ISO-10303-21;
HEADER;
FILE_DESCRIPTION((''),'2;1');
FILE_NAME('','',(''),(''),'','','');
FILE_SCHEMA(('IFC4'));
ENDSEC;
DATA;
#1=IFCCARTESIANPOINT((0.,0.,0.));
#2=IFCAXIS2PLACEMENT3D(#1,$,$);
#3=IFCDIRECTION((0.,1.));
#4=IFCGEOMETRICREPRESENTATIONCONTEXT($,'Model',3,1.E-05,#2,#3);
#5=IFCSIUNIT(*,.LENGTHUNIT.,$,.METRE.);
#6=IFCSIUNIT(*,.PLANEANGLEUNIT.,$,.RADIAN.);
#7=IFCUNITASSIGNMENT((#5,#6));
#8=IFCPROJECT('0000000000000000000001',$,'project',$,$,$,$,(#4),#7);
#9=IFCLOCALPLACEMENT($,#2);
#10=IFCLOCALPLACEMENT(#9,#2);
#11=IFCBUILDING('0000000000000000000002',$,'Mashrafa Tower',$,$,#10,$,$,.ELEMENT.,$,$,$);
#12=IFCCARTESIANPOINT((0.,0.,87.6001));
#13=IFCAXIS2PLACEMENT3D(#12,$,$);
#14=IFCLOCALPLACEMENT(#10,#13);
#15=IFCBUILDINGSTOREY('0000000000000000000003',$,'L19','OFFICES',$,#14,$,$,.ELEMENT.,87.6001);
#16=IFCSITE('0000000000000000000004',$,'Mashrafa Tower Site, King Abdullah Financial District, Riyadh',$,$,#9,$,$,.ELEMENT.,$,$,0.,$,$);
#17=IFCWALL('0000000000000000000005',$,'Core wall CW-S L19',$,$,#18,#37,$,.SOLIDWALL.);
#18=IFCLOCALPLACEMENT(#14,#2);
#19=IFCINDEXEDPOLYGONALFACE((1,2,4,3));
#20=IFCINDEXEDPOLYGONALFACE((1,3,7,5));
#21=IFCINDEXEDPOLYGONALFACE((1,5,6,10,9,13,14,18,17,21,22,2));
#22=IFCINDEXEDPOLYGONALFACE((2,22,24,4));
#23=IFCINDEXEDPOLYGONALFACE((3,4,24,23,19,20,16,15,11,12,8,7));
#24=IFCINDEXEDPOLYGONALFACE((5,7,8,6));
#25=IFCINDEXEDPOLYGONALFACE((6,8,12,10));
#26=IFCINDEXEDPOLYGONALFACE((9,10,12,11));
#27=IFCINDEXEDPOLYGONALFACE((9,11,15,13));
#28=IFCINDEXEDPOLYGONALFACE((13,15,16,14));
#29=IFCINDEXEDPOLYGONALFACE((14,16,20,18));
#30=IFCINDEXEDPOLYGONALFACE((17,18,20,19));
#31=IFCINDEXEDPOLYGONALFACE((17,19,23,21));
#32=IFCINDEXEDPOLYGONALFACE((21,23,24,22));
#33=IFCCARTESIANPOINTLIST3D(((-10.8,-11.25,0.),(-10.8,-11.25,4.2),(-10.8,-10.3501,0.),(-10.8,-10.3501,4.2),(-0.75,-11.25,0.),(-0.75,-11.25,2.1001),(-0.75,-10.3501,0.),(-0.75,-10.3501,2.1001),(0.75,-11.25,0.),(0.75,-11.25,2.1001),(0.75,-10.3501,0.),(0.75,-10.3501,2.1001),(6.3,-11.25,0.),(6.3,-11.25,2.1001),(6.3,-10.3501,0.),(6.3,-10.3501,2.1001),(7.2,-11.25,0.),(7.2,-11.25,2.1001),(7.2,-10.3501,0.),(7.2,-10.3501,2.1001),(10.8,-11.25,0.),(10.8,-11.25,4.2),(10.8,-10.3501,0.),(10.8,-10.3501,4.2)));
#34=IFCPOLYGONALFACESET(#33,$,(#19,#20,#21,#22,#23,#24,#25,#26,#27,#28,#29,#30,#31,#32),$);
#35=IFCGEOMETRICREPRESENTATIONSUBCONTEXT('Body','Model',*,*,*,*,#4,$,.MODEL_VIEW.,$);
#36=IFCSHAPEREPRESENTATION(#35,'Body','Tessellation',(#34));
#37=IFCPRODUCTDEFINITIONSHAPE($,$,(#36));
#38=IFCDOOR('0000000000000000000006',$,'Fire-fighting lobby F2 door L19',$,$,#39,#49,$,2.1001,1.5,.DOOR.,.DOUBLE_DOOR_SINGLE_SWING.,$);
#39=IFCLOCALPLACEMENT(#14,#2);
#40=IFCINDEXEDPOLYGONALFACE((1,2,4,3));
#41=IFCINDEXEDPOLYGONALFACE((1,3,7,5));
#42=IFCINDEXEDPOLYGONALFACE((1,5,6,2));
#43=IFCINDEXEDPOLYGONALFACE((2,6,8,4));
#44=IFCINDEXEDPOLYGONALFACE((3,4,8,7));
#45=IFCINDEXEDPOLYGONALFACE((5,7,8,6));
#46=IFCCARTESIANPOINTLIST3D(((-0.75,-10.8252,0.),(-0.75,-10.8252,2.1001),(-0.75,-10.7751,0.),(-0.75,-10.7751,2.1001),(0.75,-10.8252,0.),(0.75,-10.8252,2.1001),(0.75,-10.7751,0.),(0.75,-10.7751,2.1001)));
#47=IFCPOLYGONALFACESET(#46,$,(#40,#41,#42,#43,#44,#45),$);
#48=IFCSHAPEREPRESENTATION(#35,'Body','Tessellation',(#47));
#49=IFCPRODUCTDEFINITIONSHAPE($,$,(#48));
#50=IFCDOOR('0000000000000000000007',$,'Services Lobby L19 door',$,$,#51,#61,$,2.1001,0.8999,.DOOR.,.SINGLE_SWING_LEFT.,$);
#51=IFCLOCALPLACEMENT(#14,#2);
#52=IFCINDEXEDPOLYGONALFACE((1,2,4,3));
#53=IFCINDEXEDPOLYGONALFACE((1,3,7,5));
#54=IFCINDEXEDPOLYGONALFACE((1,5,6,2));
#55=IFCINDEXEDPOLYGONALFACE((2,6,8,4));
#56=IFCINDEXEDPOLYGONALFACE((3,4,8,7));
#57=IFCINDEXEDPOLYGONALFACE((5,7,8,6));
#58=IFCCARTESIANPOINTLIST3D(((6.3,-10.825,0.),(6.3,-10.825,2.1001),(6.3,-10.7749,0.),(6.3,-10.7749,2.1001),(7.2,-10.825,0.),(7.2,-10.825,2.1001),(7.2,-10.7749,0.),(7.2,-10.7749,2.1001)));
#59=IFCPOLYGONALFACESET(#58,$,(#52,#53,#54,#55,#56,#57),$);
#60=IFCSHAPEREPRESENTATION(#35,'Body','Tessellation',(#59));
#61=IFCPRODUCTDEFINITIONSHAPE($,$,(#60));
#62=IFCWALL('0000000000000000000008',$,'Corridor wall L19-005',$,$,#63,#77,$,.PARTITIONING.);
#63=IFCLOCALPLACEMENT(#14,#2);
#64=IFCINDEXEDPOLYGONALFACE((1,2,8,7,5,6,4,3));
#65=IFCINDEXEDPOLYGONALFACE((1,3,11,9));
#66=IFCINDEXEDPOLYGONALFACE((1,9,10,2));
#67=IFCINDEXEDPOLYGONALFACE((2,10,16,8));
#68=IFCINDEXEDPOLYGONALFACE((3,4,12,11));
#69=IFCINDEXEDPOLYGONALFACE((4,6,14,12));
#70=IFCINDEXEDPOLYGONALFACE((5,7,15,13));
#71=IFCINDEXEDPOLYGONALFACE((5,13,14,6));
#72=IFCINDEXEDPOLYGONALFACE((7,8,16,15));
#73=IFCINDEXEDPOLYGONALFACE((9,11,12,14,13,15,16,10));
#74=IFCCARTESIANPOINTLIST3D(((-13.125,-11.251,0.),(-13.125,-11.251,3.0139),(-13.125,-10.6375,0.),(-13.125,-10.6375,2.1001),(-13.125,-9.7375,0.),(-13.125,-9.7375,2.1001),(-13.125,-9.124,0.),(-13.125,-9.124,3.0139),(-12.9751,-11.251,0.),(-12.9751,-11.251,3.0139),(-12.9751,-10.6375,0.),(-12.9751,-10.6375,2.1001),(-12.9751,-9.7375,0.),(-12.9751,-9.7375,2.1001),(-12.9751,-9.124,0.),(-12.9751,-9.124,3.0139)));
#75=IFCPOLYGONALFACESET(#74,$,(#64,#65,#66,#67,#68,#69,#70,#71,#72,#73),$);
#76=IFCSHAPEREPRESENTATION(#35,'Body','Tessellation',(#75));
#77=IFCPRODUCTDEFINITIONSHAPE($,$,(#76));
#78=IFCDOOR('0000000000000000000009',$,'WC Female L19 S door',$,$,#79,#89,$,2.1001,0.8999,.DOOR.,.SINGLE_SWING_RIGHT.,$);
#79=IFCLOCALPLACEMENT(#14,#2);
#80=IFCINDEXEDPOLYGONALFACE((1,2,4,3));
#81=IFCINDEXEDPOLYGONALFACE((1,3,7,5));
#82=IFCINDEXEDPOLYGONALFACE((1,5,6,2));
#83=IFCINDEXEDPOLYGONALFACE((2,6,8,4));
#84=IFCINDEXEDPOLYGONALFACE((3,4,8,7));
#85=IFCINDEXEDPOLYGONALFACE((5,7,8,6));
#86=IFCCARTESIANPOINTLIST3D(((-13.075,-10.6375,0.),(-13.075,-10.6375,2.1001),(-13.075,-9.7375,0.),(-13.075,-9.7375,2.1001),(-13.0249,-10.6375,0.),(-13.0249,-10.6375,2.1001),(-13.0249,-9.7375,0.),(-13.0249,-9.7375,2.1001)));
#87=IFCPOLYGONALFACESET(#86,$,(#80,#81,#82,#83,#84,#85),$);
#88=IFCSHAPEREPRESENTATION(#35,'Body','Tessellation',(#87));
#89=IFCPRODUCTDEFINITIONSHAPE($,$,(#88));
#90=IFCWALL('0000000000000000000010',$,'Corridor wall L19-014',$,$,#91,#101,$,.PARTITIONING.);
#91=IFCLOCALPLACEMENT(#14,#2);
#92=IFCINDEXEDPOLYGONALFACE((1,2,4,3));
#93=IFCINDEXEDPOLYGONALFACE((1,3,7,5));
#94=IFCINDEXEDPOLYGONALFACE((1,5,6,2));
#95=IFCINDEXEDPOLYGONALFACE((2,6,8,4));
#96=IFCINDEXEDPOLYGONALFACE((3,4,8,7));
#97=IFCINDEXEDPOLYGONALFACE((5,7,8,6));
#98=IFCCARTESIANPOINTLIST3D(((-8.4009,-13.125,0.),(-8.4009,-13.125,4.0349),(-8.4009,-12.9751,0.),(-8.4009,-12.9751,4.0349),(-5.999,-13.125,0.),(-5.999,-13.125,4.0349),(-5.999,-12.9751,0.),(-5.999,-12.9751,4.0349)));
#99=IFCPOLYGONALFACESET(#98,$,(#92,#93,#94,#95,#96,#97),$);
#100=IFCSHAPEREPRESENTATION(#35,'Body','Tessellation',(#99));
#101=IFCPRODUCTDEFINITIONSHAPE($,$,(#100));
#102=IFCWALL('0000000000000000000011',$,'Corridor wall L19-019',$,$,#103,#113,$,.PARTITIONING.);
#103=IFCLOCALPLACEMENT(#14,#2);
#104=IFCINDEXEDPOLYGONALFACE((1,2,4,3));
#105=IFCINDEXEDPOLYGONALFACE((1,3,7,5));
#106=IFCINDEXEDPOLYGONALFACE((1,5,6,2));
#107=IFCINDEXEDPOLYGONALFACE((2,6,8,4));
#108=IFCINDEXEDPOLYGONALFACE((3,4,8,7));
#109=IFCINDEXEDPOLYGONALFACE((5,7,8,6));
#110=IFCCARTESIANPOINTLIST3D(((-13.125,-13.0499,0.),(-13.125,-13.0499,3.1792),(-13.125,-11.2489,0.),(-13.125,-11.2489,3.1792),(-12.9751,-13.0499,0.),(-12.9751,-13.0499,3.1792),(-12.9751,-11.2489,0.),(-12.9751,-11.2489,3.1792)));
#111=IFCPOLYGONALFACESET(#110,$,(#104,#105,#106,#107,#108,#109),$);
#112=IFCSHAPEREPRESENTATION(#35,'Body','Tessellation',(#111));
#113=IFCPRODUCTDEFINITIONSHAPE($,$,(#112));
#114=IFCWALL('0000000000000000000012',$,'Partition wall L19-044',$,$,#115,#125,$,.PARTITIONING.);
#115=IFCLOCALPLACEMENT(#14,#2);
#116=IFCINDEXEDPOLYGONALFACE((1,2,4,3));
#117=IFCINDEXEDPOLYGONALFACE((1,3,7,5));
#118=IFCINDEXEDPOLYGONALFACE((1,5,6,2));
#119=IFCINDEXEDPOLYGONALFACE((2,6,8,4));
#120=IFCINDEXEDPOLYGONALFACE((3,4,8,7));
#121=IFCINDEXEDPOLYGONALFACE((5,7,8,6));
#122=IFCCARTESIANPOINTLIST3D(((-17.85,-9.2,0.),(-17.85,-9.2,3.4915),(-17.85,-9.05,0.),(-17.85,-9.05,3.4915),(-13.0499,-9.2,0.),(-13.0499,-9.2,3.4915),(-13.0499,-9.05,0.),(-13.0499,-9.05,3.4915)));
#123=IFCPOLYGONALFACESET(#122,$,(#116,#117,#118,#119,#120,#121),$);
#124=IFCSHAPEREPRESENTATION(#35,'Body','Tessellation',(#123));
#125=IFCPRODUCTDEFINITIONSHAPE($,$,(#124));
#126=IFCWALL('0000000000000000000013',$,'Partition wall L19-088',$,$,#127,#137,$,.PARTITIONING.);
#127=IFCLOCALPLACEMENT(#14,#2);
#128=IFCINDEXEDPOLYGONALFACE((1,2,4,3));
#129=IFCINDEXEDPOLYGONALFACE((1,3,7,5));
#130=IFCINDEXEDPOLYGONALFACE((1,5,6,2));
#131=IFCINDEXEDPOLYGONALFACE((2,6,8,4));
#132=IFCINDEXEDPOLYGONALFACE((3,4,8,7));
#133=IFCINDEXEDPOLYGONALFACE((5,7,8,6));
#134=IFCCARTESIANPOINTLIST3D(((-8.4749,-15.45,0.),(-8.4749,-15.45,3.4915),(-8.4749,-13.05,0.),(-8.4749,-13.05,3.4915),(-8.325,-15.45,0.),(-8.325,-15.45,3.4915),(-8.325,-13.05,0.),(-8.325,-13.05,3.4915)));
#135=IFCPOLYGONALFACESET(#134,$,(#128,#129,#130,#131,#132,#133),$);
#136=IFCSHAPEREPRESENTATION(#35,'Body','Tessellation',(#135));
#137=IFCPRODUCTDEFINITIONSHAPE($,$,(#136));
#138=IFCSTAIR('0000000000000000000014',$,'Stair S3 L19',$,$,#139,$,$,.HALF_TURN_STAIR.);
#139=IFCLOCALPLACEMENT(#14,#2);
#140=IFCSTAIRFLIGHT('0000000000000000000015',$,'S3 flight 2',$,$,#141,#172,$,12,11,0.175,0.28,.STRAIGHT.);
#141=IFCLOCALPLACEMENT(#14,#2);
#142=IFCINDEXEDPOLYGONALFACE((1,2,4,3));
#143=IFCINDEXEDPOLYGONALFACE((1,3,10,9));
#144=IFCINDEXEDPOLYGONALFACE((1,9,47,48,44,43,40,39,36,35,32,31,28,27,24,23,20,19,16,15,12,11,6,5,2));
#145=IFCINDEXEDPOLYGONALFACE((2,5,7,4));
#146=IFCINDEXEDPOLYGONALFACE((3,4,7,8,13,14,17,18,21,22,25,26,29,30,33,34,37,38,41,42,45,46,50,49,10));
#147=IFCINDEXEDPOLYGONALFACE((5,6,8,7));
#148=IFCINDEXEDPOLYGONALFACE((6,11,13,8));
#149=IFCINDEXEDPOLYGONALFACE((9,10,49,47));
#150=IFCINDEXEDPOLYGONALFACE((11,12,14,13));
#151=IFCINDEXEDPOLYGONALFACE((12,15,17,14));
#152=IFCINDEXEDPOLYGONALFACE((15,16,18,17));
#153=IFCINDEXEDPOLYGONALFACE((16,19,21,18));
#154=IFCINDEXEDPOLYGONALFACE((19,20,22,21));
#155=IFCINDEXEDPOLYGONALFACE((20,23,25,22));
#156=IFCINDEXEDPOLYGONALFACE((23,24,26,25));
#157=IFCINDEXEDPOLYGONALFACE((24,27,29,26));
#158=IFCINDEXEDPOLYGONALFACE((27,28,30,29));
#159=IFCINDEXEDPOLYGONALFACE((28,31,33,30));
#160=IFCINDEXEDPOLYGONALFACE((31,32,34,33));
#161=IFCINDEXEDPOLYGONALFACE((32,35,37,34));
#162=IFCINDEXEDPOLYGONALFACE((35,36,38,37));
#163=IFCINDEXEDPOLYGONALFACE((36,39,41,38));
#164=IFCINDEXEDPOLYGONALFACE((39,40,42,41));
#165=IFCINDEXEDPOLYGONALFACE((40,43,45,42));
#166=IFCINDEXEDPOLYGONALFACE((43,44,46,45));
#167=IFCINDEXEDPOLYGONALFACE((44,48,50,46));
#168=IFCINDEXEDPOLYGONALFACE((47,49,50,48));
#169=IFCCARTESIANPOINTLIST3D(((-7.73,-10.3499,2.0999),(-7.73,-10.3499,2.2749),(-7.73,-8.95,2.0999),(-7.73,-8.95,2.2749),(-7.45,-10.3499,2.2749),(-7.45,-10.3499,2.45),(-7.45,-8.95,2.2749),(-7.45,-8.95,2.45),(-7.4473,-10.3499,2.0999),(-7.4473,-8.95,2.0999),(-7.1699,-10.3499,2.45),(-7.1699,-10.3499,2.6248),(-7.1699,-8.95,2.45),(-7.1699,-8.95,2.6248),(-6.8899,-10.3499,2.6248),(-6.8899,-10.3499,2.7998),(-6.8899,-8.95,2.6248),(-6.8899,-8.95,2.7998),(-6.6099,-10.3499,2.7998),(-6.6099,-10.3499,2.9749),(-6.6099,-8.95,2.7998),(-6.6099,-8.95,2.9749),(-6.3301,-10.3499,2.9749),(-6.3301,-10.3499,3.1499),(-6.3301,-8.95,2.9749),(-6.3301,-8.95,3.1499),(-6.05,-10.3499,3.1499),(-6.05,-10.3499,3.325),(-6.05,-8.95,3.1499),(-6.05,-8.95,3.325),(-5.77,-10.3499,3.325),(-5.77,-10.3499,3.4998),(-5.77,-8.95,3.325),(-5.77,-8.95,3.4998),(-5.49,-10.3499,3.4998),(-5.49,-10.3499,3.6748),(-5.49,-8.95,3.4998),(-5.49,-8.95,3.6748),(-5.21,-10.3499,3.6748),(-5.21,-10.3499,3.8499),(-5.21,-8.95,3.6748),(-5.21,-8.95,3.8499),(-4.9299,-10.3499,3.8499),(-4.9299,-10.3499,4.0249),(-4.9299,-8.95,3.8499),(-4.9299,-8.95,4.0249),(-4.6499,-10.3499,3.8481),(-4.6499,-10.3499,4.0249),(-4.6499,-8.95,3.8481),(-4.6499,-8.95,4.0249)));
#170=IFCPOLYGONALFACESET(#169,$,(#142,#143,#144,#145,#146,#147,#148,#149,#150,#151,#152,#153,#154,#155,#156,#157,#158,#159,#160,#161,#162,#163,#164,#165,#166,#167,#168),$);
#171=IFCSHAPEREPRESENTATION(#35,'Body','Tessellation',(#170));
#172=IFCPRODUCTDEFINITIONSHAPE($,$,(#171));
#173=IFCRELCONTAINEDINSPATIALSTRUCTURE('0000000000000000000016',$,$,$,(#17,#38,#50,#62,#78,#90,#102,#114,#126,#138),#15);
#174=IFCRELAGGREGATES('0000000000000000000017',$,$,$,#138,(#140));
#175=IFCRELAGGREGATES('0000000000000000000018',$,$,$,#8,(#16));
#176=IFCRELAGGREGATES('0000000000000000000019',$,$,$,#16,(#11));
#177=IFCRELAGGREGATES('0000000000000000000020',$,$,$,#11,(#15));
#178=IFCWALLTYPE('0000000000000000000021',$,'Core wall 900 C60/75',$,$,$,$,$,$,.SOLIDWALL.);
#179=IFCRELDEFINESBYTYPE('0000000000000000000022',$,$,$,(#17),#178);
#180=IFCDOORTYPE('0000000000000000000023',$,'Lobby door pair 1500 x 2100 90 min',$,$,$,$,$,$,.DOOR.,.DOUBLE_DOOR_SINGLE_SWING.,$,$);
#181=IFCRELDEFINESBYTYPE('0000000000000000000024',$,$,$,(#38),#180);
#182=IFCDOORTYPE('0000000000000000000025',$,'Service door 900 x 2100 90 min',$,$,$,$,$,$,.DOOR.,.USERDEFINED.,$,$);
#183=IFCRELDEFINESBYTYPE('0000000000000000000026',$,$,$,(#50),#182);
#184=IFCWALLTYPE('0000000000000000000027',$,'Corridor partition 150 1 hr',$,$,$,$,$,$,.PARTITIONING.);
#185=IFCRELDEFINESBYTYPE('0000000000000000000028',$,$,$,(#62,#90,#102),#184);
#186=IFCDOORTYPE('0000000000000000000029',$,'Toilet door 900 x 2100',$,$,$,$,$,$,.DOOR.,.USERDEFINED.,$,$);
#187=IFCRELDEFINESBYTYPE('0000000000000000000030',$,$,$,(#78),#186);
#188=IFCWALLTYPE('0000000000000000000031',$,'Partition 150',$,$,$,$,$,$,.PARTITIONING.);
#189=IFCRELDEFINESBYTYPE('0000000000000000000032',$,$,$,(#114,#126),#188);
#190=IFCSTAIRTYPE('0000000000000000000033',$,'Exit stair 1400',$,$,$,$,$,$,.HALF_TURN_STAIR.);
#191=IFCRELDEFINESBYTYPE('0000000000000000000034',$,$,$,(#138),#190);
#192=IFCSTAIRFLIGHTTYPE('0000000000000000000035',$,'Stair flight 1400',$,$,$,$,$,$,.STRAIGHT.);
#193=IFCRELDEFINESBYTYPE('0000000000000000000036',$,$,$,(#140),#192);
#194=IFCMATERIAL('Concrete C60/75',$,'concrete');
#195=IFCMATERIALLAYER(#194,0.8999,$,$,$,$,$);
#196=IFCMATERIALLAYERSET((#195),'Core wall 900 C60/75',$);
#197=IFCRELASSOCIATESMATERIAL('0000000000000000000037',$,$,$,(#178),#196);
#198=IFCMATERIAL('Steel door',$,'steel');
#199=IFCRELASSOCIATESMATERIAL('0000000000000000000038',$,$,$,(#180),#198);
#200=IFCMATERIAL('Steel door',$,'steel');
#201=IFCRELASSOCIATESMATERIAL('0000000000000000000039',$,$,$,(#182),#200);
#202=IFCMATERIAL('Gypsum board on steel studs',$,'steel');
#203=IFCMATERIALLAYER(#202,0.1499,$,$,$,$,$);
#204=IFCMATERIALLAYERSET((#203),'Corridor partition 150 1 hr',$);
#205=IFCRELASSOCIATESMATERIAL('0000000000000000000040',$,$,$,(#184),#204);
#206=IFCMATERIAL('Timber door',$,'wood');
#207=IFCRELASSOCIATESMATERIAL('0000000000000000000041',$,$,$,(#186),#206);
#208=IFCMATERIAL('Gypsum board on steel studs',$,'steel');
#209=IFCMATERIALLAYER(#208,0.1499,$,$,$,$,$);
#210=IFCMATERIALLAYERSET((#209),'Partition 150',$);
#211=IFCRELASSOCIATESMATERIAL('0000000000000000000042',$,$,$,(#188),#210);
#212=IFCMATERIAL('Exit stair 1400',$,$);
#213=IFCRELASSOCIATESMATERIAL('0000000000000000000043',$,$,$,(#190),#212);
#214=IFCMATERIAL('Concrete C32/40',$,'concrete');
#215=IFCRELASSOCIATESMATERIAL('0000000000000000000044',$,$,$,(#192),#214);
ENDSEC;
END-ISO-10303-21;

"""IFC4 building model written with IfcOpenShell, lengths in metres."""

from ifc_helpers import new_model, si_unit, direction, frame, frame_2d, origin, place, context, subcontext, project, spatial, polyline, rectangle, outline, extrude, material, layer, layer_set, type_object, element, fill, aggregate, save


model = new_model("IFC4")

# Units and contexts
model_context = context("Model", 3, precision=1e-05, world=origin(), true_north=direction((0.0, 1.0)))
body_context = subcontext(model_context, "Body", "Model", "MODEL_VIEW")
ifc_project = project(units=[si_unit("LENGTHUNIT", "METRE"), si_unit("PLANEANGLEUNIT", "RADIAN")], contexts=[model_context])

# Site, building, storey
site_placement = place(None, origin())
site = spatial("IfcSite", under=ifc_project, at=site_placement, Name="Mashrafa Tower Site, King Abdullah Financial District, Riyadh", CompositionType="ELEMENT", RefElevation=0.0)
building_placement = place(site_placement, origin())
building = spatial("IfcBuilding", under=site, at=building_placement, Name="Mashrafa Tower", CompositionType="ELEMENT")
storey_placement = place(building_placement, frame((0.0, 0.0, 87.6001)))
storey = spatial("IfcBuildingStorey", under=building, at=storey_placement, Name="L19", Description="OFFICES", CompositionType="ELEMENT", Elevation=87.6001)

# Wall, openings, doors
ifc_material_1 = material(Name="Concrete C60/75", Category="concrete")
ifc_layer_1 = layer(ifc_material_1, 0.8999)
ifc_layer_set_1 = layer_set([ifc_layer_1], Name="Core wall 900 C60/75")
wall_type_1 = type_object("IfcWallType", Name="Core wall 900 C60/75", PredefinedType="SOLIDWALL", material=ifc_layer_set_1)
wall_1_placement = place(storey_placement, frame((-10.8, -10.8, 0.0), z_axis=(0.0, 0.0, 1.0), x_axis=(1.0, 0.0, 0.0)))
wall_1 = element("IfcWall", 1, at=wall_1_placement, inside=storey, type_object=wall_type_1, Name="Core wall CW-S L19", PredefinedType="SOLIDWALL", context=body_context, shape_type="SweptSolid", body=[
    extrude(rectangle(XDim=21.6001, YDim=0.8999, at=frame_2d((10.8, 0.0))), origin(), (0.0, 0.0, 1.0), 4.2),
])
opening_1_placement = place(wall_1_placement, frame((10.05, 0.0, 0.0)))
opening_1 = element("IfcOpeningElement", 2, at=opening_1_placement, cuts=wall_1, PredefinedType="OPENING", context=body_context, shape_type="SweptSolid", body=[
    extrude(rectangle(XDim=1.5, YDim=2.1001, at=frame_2d((0.75, 1.05))), frame((0.0, 0.46, 0.0), z_axis=(0.0, -1.0, 0.0), x_axis=(1.0, 0.0, 0.0)), (0.0, 0.0, 1.0), 0.9199),
])
opening_2_placement = place(wall_1_placement, frame((17.1001, 0.0, 0.0)))
opening_2 = element("IfcOpeningElement", 3, at=opening_2_placement, cuts=wall_1, PredefinedType="OPENING", context=body_context, shape_type="SweptSolid", body=[
    extrude(rectangle(XDim=0.8999, YDim=2.1001, at=frame_2d((0.45, 1.05))), frame((0.0, 0.46, 0.0), z_axis=(0.0, -1.0, 0.0), x_axis=(1.0, 0.0, 0.0)), (0.0, 0.0, 1.0), 0.9199),
])
ifc_material_2 = material(Name="Steel door", Category="steel")
door_type_1 = type_object("IfcDoorType", Name="Lobby door pair 1500 x 2100 90 min", OperationType="DOUBLE_DOOR_SINGLE_SWING", PredefinedType="DOOR", material=ifc_material_2)
door_1_placement = place(opening_1_placement, origin())
door_1 = element("IfcDoor", 4, at=door_1_placement, inside=storey, type_object=door_type_1, Name="Fire-fighting lobby F2 door L19", OperationType="DOUBLE_DOOR_SINGLE_SWING", OverallHeight=2.1001, OverallWidth=1.5, PredefinedType="DOOR", context=body_context, shape_type="SweptSolid", body=[
    extrude(rectangle(XDim=1.5, YDim=2.1001, at=frame_2d((0.75, 1.05))), frame((0.0, 0.0249, 0.0), z_axis=(0.0, -1.0, 0.0), x_axis=(1.0, 0.0, 0.0)), (0.0, 0.0, 1.0), 0.05),
])
fill(opening_1, door_1)
ifc_material_3 = material(Name="Steel door", Category="steel")
door_type_2 = type_object("IfcDoorType", Name="Service door 900 x 2100 90 min", OperationType="USERDEFINED", PredefinedType="DOOR", material=ifc_material_3)
door_2_placement = place(opening_2_placement, frame((0.8999, 0.0, 0.0), z_axis=(0.0, 0.0, 1.0), x_axis=(-1.0, 0.0, 0.0)))
door_2 = element("IfcDoor", 5, at=door_2_placement, inside=storey, type_object=door_type_2, Name="Services Lobby L19 door", OperationType="SINGLE_SWING_LEFT", OverallHeight=2.1001, OverallWidth=0.8999, PredefinedType="DOOR", context=body_context, shape_type="SweptSolid", body=[
    extrude(rectangle(XDim=0.8999, YDim=2.1001, at=frame_2d((0.45, 1.05))), frame((0.0, 0.0249, 0.0), z_axis=(0.0, -1.0, 0.0), x_axis=(1.0, 0.0, 0.0)), (0.0, 0.0, 1.0), 0.05),
])
fill(opening_2, door_2)

# Wall, opening, door
ifc_material_4 = material(Name="Gypsum board on steel studs", Category="steel")
ifc_layer_2 = layer(ifc_material_4, 0.1499)
ifc_layer_set_2 = layer_set([ifc_layer_2], Name="Corridor partition 150 1 hr")
wall_type_2 = type_object("IfcWallType", Name="Corridor partition 150 1 hr", PredefinedType="PARTITIONING", material=ifc_layer_set_2)
wall_2_placement = place(storey_placement, frame((-13.05, -9.124, 0.0), z_axis=(0.0, 0.0, 1.0), x_axis=(0.0, -1.0, 0.0)))
wall_2 = element("IfcWall", 6, at=wall_2_placement, inside=storey, type_object=wall_type_2, Name="Corridor wall L19-005", PredefinedType="PARTITIONING", context=body_context, shape_type="SweptSolid", body=[
    extrude(rectangle(XDim=2.127, YDim=0.1499, at=frame_2d((1.0635, 0.0))), origin(), (0.0, 0.0, 1.0), 3.0139),
])
opening_3_placement = place(wall_2_placement, frame((0.6135, 0.0, 0.0)))
opening_3 = element("IfcOpeningElement", 7, at=opening_3_placement, cuts=wall_2, PredefinedType="OPENING", context=body_context, shape_type="SweptSolid", body=[
    extrude(rectangle(XDim=0.8999, YDim=2.1001, at=frame_2d((0.45, 1.05))), frame((0.0, 0.085, 0.0), z_axis=(0.0, -1.0, 0.0), x_axis=(1.0, 0.0, 0.0)), (0.0, 0.0, 1.0), 0.1699),
])
ifc_material_5 = material(Name="Timber door", Category="wood")
door_type_3 = type_object("IfcDoorType", Name="Toilet door 900 x 2100", OperationType="USERDEFINED", PredefinedType="DOOR", material=ifc_material_5)
door_3_placement = place(opening_3_placement, frame((0.8999, 0.0, 0.0), z_axis=(0.0, 0.0, 1.0), x_axis=(-1.0, 0.0, 0.0)))
door_3 = element("IfcDoor", 8, at=door_3_placement, inside=storey, type_object=door_type_3, Name="WC Female L19 S door", OperationType="SINGLE_SWING_RIGHT", OverallHeight=2.1001, OverallWidth=0.8999, PredefinedType="DOOR", context=body_context, shape_type="SweptSolid", body=[
    extrude(rectangle(XDim=0.8999, YDim=2.1001, at=frame_2d((0.45, 1.05))), frame((0.0, 0.0249, 0.0), z_axis=(0.0, -1.0, 0.0), x_axis=(1.0, 0.0, 0.0)), (0.0, 0.0, 1.0), 0.05),
])
fill(opening_3, door_3)

# Walls
wall_3_placement = place(storey_placement, frame((-8.4009, -13.05, 0.0), z_axis=(0.0, 0.0, 1.0), x_axis=(1.0, 0.0, 0.0)))
element("IfcWall", 9, at=wall_3_placement, inside=storey, type_object=wall_type_2, Name="Corridor wall L19-014", PredefinedType="PARTITIONING", context=body_context, shape_type="SweptSolid", body=[
    extrude(rectangle(XDim=2.4019, YDim=0.1499, at=frame_2d((1.2009, 0.0))), origin(), (0.0, 0.0, 1.0), 4.0349),
])
wall_4_placement = place(storey_placement, frame((-13.05, -11.249, 0.0), z_axis=(0.0, 0.0, 1.0), x_axis=(0.0, -1.0, 0.0)))
element("IfcWall", 10, at=wall_4_placement, inside=storey, type_object=wall_type_2, Name="Corridor wall L19-019", PredefinedType="PARTITIONING", context=body_context, shape_type="SweptSolid", body=[
    extrude(rectangle(XDim=1.801, YDim=0.1499, at=frame_2d((0.9004, 0.0))), origin(), (0.0, 0.0, 1.0), 3.1792),
])

# Walls
ifc_material_6 = material(Name="Gypsum board on steel studs", Category="steel")
ifc_layer_3 = layer(ifc_material_6, 0.1499)
ifc_layer_set_3 = layer_set([ifc_layer_3], Name="Partition 150")
wall_type_3 = type_object("IfcWallType", Name="Partition 150", PredefinedType="PARTITIONING", material=ifc_layer_set_3)
wall_5_placement = place(storey_placement, frame((-13.05, -9.125, 0.0), z_axis=(0.0, 0.0, 1.0), x_axis=(-1.0, 0.0, 0.0)))
element("IfcWall", 11, at=wall_5_placement, inside=storey, type_object=wall_type_3, Name="Partition wall L19-044", PredefinedType="PARTITIONING", context=body_context, shape_type="SweptSolid", body=[
    extrude(rectangle(XDim=4.8, YDim=0.1499, at=frame_2d((2.3999, 0.0))), origin(), (0.0, 0.0, 1.0), 3.4915),
])
wall_6_placement = place(storey_placement, frame((-8.3999, -13.05, 0.0), z_axis=(0.0, 0.0, 1.0), x_axis=(0.0, -1.0, 0.0)))
element("IfcWall", 12, at=wall_6_placement, inside=storey, type_object=wall_type_3, Name="Partition wall L19-088", PredefinedType="PARTITIONING", context=body_context, shape_type="SweptSolid", body=[
    extrude(rectangle(XDim=2.3999, YDim=0.1499, at=frame_2d((1.2, 0.0))), origin(), (0.0, 0.0, 1.0), 3.4915),
])

# Stair, stair flight
ifc_material_7 = material(Name="Exit stair 1400")
stair_type = type_object("IfcStairType", Name="Exit stair 1400", PredefinedType="HALF_TURN_STAIR", material=ifc_material_7)
stair_placement = place(storey_placement, origin())
stair = element("IfcStair", 13, at=stair_placement, inside=storey, type_object=stair_type, Name="Stair S3 L19", PredefinedType="HALF_TURN_STAIR")
ifc_material_8 = material(Name="Concrete C32/40", Category="concrete")
stair_flight_type = type_object("IfcStairFlightType", Name="Stair flight 1400", PredefinedType="STRAIGHT", material=ifc_material_8)
stair_flight_placement = place(storey_placement, frame((-7.73, -9.6499, 2.0999), z_axis=(0.0, 0.0, 1.0), x_axis=(1.0, 0.0, 0.0)))
stair_flight = element("IfcStairFlight", 14, at=stair_flight_placement, type_object=stair_flight_type, Name="S3 flight 2", NumberOfRisers=12, NumberOfTreads=11, PredefinedType="STRAIGHT", RiserHeight=0.175, TreadLength=0.28, context=body_context, shape_type="SweptSolid", body=[
    extrude(outline(polyline([(0.0, 0.0), (0.0, 0.175), (0.28, 0.175), (0.28, 0.3501), (0.5601, 0.3501), (0.5601, 0.5249), (0.8401, 0.5249), (0.8401, 0.7), (1.1201, 0.7), (1.1201, 0.875), (1.3999, 0.875), (1.3999, 1.05), (1.6799, 1.05), (1.6799, 1.2251), (1.96, 1.2251), (1.96, 1.3999), (2.24, 1.3999), (2.24, 1.575), (2.52, 1.575), (2.52, 1.75), (2.8, 1.75), (2.8, 1.925), (3.0801, 1.925), (3.0801, 2.1001), (3.0801, 1.7483), (0.2827, 0.0), (0.0, 0.0)])), frame((0.0, 0.7, 0.0), z_axis=(0.0, -1.0, 0.0), x_axis=(1.0, 0.0, 0.0)), (0.0, 0.0, 1.0), 1.3999),
])
aggregate(stair, [stair_flight])

save(model, "model.ifc")
